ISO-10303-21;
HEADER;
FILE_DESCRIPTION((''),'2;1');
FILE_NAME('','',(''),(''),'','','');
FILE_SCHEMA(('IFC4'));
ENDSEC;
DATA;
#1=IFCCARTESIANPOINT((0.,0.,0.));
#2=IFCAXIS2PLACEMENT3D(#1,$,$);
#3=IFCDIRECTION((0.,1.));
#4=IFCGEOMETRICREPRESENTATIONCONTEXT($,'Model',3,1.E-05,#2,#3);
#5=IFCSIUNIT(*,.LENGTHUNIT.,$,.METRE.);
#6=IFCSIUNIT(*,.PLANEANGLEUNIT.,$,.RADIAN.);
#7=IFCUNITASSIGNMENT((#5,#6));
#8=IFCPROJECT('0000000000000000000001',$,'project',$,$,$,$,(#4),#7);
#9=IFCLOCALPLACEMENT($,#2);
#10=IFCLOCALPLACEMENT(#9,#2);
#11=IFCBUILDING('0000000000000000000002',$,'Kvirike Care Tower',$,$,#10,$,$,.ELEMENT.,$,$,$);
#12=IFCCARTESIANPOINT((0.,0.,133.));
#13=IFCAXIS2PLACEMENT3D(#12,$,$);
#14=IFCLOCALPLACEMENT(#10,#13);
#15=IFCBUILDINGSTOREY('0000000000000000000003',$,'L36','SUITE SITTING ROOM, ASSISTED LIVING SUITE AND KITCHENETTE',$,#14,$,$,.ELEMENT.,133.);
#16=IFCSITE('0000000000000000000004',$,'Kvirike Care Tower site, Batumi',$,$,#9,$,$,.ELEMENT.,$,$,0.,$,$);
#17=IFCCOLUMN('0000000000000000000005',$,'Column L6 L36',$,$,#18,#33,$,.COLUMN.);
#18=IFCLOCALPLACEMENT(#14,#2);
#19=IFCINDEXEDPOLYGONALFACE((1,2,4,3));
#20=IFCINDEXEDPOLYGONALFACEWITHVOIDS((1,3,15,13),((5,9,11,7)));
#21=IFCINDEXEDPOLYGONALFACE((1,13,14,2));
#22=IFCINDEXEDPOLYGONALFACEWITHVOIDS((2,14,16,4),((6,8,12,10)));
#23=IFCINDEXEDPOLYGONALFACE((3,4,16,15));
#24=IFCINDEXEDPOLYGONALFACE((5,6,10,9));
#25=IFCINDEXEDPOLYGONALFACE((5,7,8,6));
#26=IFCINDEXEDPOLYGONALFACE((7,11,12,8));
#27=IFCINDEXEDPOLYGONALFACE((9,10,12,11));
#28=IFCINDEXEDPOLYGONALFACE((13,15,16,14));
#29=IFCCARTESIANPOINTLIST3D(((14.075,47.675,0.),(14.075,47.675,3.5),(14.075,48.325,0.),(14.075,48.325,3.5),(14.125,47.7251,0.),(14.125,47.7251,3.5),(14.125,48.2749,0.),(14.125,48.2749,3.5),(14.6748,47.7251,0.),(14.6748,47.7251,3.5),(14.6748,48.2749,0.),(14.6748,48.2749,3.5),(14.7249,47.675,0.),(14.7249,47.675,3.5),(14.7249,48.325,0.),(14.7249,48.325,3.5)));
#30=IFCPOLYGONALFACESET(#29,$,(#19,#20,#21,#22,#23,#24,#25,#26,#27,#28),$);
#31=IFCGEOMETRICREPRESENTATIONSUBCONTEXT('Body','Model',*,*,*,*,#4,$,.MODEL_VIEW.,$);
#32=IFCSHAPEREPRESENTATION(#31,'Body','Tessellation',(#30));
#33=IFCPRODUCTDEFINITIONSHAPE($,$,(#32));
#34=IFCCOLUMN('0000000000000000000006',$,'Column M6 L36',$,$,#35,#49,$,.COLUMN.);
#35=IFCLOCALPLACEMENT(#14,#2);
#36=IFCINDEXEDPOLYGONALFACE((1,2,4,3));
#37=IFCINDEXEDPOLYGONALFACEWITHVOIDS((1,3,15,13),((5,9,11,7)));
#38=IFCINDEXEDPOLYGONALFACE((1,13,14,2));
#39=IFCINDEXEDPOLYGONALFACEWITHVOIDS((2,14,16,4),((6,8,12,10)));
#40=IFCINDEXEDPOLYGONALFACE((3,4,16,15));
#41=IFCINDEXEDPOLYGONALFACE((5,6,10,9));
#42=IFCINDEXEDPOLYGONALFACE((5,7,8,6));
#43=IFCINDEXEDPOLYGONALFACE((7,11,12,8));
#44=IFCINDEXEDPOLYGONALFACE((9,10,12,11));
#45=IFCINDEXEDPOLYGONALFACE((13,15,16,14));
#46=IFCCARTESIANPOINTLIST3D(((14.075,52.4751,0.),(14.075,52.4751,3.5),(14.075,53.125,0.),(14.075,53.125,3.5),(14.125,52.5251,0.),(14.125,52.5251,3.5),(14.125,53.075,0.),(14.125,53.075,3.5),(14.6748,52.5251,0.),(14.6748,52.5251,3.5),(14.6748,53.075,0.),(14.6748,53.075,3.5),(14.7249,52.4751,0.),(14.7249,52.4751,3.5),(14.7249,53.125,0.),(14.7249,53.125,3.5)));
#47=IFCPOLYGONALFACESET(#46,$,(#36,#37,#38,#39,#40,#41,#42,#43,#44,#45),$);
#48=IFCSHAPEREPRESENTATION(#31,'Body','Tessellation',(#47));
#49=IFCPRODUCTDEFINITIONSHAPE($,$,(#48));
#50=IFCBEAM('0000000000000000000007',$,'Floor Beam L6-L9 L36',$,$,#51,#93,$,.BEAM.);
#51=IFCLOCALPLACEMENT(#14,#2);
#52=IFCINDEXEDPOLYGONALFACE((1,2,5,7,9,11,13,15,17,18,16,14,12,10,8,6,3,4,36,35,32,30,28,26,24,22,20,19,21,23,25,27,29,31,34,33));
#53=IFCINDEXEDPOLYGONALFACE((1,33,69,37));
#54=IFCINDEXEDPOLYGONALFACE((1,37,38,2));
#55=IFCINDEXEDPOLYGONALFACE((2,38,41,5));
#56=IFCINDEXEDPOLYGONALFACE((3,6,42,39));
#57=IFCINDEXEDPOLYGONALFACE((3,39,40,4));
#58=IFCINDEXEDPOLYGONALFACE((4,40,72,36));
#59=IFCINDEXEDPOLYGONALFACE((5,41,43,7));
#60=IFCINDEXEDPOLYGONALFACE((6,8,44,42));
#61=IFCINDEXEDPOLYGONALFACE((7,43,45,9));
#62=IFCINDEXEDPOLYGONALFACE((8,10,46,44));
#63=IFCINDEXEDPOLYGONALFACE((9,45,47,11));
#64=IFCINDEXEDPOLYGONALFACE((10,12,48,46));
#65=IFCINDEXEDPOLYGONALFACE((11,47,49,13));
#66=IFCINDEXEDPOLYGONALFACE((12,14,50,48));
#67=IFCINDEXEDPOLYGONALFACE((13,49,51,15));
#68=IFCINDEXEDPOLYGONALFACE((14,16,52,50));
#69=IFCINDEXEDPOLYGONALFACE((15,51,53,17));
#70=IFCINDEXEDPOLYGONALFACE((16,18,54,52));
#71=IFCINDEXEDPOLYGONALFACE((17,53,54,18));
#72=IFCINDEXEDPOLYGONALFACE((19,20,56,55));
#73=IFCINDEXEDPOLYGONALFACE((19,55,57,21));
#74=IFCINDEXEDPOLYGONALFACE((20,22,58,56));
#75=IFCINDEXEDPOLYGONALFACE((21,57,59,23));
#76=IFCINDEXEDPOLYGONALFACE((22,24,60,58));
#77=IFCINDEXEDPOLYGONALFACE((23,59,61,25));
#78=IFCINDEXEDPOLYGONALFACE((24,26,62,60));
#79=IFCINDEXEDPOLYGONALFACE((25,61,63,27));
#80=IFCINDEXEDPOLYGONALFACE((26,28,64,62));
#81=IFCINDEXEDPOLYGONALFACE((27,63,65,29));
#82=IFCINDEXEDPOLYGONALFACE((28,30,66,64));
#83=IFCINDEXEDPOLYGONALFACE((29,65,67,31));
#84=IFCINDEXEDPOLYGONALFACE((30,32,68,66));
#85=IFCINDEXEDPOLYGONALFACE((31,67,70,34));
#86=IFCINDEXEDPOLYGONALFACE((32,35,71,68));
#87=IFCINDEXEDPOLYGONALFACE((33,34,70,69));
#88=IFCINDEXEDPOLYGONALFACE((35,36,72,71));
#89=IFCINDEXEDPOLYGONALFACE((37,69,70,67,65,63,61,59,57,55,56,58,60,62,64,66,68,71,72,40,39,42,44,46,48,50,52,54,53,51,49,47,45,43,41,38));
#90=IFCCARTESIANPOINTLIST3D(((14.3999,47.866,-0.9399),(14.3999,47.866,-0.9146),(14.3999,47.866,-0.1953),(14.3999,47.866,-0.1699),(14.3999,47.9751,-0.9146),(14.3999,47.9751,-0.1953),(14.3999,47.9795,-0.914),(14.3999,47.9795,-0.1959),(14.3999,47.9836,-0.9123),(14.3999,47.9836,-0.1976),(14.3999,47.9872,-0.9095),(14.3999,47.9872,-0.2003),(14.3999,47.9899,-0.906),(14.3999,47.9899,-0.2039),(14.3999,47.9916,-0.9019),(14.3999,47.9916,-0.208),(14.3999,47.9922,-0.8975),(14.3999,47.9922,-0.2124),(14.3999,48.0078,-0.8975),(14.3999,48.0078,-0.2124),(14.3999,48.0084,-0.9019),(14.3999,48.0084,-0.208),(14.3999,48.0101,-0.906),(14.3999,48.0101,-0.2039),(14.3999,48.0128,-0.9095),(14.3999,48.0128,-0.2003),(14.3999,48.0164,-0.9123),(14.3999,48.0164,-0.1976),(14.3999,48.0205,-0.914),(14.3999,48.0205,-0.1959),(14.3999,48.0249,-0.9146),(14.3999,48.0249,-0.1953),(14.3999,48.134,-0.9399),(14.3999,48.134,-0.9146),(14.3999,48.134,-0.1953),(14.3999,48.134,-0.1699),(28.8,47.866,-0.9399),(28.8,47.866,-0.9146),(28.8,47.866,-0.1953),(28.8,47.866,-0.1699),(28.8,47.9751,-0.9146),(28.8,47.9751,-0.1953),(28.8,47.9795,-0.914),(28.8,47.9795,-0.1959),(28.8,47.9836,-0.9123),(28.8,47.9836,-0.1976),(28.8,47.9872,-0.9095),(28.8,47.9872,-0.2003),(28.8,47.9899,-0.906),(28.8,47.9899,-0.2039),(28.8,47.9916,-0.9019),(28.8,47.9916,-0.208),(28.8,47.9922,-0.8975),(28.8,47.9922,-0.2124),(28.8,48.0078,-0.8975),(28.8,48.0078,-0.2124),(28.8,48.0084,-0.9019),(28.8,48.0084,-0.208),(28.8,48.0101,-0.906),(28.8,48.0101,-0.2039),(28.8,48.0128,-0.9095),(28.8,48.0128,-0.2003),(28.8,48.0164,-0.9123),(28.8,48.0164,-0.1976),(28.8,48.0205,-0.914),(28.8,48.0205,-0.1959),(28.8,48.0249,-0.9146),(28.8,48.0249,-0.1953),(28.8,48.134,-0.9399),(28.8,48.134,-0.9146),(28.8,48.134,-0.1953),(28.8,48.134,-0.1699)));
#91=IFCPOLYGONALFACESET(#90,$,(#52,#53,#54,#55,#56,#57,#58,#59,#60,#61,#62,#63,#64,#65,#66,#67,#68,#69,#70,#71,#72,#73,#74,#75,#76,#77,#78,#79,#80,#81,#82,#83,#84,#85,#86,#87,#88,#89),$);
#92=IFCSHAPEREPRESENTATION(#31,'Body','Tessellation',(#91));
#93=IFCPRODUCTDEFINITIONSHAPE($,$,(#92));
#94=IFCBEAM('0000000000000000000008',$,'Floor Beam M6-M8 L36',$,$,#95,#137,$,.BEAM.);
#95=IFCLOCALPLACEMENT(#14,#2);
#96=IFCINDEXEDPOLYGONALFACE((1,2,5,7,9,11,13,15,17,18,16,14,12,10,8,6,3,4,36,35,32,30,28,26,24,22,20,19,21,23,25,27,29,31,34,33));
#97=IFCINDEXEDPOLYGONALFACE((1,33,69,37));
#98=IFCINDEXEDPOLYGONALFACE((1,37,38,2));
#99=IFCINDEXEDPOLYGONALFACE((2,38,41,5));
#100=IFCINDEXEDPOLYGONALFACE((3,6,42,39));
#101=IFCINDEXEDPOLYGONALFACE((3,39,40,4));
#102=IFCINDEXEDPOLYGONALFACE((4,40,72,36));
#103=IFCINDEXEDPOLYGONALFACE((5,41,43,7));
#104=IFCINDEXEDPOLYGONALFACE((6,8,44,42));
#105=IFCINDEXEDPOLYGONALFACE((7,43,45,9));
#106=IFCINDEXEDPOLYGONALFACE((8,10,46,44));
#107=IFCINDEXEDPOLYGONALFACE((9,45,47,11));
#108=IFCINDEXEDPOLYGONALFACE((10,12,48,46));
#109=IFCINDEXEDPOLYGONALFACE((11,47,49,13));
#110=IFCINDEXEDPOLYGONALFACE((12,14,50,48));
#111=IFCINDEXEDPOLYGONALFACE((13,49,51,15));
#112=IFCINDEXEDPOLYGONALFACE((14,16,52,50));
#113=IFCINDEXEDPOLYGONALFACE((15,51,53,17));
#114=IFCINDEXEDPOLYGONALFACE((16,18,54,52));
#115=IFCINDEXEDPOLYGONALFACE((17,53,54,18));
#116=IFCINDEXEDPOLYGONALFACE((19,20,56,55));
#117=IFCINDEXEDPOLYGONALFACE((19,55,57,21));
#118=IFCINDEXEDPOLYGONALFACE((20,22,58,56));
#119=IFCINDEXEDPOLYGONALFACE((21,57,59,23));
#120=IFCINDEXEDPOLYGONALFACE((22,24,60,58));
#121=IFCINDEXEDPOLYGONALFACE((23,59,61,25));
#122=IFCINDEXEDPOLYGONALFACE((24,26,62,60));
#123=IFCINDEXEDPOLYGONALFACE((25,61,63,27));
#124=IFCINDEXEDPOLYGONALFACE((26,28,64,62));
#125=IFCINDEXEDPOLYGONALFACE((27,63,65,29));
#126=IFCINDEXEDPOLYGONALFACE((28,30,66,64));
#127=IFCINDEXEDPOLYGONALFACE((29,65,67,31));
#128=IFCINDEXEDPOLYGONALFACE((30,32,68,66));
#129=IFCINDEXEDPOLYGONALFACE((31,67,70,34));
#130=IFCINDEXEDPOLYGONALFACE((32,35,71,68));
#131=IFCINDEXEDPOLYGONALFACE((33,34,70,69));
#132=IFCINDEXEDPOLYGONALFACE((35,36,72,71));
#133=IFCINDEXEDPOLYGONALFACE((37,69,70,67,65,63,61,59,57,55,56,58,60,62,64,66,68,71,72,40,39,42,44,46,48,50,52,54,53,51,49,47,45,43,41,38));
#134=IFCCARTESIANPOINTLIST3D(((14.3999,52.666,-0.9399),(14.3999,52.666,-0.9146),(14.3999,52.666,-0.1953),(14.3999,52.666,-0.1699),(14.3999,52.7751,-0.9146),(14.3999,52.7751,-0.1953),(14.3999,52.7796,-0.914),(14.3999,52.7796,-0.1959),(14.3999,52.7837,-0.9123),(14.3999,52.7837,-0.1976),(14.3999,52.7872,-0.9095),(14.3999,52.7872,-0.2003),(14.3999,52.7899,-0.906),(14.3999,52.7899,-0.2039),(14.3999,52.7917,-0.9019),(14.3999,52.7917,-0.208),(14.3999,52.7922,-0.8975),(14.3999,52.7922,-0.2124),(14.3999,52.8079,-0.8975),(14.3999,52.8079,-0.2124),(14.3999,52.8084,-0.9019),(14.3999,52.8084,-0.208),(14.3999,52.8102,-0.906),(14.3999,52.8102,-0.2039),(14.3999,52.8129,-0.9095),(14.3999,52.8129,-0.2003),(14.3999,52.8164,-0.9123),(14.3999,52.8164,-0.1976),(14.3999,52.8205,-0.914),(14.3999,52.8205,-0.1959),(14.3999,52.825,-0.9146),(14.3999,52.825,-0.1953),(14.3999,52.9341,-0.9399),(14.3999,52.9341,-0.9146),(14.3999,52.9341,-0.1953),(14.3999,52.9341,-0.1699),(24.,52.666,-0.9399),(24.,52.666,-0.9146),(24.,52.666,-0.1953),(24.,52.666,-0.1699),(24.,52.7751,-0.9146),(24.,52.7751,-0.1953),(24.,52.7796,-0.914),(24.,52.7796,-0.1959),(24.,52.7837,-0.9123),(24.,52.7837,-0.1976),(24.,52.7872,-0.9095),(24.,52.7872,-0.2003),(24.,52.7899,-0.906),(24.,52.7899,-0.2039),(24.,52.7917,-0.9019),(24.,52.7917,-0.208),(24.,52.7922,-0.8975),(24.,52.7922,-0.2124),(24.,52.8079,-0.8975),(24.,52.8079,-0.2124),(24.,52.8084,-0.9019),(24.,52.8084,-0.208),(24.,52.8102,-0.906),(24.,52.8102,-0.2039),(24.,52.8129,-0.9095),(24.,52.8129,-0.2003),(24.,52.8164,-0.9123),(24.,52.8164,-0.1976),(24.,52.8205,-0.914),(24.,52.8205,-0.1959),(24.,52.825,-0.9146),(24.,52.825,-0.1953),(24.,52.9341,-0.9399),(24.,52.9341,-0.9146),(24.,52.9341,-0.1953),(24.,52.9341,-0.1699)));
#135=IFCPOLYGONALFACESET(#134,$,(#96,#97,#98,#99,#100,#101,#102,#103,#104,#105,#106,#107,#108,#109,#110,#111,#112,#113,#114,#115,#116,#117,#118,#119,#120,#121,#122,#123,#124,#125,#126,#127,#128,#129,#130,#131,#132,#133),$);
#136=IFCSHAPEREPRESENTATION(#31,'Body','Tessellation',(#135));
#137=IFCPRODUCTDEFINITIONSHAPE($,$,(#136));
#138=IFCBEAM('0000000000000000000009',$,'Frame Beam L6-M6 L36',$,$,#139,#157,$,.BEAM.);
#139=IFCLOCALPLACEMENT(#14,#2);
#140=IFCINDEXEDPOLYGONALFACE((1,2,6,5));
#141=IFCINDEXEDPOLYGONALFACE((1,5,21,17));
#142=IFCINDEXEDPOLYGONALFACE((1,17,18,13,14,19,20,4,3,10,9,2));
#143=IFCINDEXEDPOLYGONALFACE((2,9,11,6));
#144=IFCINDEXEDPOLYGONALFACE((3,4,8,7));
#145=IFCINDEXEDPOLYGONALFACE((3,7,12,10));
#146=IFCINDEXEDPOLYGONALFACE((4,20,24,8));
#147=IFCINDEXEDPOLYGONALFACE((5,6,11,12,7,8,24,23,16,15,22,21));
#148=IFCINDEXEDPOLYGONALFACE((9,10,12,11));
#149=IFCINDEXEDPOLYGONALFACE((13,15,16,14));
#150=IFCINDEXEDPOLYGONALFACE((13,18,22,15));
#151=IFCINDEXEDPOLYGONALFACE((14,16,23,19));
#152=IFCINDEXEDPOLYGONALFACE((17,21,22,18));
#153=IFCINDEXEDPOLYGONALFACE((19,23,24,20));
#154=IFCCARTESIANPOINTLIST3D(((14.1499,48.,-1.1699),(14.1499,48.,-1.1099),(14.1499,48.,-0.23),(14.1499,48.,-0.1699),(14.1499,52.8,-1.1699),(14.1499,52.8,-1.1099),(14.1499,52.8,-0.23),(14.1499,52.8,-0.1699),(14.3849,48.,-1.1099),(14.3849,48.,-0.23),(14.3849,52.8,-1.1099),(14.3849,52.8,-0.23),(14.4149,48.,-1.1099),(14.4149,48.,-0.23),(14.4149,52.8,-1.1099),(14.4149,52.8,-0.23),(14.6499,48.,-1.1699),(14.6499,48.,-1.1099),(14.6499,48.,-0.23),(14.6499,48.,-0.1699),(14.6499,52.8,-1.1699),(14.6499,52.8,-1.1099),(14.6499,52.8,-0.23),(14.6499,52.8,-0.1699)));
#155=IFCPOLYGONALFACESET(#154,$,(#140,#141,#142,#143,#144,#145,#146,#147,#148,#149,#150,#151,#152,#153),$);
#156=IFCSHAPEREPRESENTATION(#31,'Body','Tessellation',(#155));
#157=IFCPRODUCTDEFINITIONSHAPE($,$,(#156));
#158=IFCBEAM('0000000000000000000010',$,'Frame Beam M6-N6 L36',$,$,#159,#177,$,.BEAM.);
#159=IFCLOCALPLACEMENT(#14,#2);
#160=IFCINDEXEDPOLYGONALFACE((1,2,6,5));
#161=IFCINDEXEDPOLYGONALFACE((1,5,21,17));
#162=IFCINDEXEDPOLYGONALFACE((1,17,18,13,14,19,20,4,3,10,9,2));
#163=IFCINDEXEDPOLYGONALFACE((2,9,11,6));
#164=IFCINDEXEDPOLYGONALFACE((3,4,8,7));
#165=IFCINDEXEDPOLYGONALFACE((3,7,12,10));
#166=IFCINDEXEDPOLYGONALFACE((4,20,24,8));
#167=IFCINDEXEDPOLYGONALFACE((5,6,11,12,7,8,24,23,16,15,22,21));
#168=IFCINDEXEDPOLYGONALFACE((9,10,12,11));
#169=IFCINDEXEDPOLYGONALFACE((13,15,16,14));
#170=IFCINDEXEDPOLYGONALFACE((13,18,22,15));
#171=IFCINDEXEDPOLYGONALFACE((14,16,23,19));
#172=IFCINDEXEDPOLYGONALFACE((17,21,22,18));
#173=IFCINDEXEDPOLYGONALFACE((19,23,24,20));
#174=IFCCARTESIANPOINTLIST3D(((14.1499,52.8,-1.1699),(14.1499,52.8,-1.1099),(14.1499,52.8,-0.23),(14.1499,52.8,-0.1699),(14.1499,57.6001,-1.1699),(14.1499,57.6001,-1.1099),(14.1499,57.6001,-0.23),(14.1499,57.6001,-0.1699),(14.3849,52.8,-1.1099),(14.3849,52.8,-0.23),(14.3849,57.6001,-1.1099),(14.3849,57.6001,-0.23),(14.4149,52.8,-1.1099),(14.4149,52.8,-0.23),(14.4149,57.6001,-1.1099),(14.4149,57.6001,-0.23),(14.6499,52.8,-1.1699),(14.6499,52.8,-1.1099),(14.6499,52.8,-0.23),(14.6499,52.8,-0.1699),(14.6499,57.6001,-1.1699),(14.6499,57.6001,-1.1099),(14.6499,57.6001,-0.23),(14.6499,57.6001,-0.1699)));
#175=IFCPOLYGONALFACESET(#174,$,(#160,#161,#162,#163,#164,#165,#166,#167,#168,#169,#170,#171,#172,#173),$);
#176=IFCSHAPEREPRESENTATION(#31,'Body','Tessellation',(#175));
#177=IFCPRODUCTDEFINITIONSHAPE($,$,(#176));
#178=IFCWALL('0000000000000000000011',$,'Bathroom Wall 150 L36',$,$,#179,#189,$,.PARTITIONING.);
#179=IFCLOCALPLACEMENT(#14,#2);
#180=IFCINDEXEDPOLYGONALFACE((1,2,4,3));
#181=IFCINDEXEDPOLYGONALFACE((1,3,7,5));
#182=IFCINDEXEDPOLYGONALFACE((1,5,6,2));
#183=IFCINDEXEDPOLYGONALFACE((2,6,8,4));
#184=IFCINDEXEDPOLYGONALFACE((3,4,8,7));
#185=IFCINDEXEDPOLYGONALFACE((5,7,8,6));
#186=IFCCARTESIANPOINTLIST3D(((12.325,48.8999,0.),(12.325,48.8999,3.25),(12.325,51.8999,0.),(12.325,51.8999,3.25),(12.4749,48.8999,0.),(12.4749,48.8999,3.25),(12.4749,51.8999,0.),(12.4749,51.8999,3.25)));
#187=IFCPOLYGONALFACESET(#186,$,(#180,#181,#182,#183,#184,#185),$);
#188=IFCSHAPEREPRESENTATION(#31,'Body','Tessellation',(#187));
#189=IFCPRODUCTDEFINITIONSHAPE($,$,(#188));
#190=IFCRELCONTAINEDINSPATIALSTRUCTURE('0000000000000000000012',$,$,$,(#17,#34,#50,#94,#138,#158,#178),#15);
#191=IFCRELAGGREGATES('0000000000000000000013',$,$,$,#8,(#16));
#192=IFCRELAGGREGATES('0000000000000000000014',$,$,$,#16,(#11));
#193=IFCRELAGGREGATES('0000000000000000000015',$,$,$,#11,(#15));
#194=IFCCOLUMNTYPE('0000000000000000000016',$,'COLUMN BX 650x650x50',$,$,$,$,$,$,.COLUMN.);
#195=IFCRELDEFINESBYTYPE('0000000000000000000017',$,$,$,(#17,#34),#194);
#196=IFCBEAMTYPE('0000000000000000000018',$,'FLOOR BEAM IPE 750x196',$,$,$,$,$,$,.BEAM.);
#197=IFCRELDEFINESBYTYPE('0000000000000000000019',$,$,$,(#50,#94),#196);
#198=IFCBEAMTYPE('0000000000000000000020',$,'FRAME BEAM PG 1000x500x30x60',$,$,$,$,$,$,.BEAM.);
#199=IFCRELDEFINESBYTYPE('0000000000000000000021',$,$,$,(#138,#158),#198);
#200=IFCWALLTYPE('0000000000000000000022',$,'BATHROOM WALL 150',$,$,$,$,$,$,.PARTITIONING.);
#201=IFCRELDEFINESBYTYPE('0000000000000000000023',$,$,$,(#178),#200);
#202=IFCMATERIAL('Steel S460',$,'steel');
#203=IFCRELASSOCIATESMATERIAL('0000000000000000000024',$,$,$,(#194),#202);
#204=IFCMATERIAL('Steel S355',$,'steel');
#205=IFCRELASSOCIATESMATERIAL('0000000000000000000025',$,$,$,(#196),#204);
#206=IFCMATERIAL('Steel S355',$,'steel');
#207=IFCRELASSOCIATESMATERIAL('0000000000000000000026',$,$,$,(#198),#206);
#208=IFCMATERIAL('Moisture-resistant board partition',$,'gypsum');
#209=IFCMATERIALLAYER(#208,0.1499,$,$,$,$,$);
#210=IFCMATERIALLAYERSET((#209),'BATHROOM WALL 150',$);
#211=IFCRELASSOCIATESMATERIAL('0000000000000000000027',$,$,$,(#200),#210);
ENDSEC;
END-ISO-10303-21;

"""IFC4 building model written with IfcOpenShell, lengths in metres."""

from ifc_helpers import new_model, si_unit, direction, frame, frame_2d, origin, origin_2d, place, context, subcontext, project, spatial, rectangle, hollow_rectangle, i_section, extrude, material, layer, layer_set, material_profile, profile_set, type_object, element, save


model = new_model("IFC4")

# Units and contexts
model_context = context("Model", 3, precision=1e-05, world=origin(), true_north=direction((0.0, 1.0)))
body_context = subcontext(model_context, "Body", "Model", "MODEL_VIEW")
ifc_project = project(units=[si_unit("LENGTHUNIT", "METRE"), si_unit("PLANEANGLEUNIT", "RADIAN")], contexts=[model_context])

# Site, building, storey
site_placement = place(None, origin())
site = spatial("IfcSite", under=ifc_project, at=site_placement, Name="Kvirike Care Tower site, Batumi", CompositionType="ELEMENT", RefElevation=0.0)
building_placement = place(site_placement, origin())
building = spatial("IfcBuilding", under=site, at=building_placement, Name="Kvirike Care Tower", CompositionType="ELEMENT")
storey_placement = place(building_placement, frame((0.0, 0.0, 133.0)))
storey = spatial("IfcBuildingStorey", under=building, at=storey_placement, Name="L36", Description="SUITE SITTING ROOM, ASSISTED LIVING SUITE AND KITCHENETTE", CompositionType="ELEMENT", Elevation=133.0)

# Columns
ifc_material_1 = material(Name="Steel S460", Category="steel")
ifc_material_profile_1 = material_profile(ifc_material_1, hollow_rectangle(XDim=0.6499, YDim=0.6499, WallThickness=0.05, at=origin_2d()), Name="BX 650x650x50")
ifc_profile_set_1 = profile_set([ifc_material_profile_1], Name="Steel S460")
column_type = type_object("IfcColumnType", Name="COLUMN BX 650x650x50", PredefinedType="COLUMN", material=ifc_profile_set_1)
for number, where, z_axis, x_axis, name in (
    (1, (14.3999, 48.0, 0.0), (0.0, 0.0, 1.0), (1.0, 0.0, 0.0), "Column L6 L36"),
    (2, (14.3999, 52.8, 0.0), (0.0, 0.0, 1.0), (1.0, 0.0, 0.0), "Column M6 L36"),
):
    element("IfcColumn", number, at=place(storey_placement, frame(where, z_axis=z_axis, x_axis=x_axis)), inside=storey, type_object=column_type, Name=name, PredefinedType="COLUMN", context=body_context, shape_type="SweptSolid", body=[
        extrude(hollow_rectangle(XDim=0.6499, YDim=0.6499, WallThickness=0.05, at=origin_2d()), origin(), (0.0, 0.0, 1.0), 3.5),
    ])

# Beams
ifc_material_2 = material(Name="Steel S355", Category="steel")
ifc_material_profile_2 = material_profile(ifc_material_2, i_section(OverallWidth=0.2681, OverallDepth=0.77, WebThickness=0.0156, FlangeThickness=0.0254, FilletRadius=0.0171, at=origin_2d()), Name="IPE 750x196")
ifc_profile_set_2 = profile_set([ifc_material_profile_2], Name="Steel S355")
beam_type_1 = type_object("IfcBeamType", Name="FLOOR BEAM IPE 750x196", PredefinedType="BEAM", material=ifc_profile_set_2)
beam_1_placement = place(storey_placement, frame((14.3999, 48.0, -0.5549), z_axis=(1.0, 0.0, 0.0), x_axis=(0.0, 1.0, 0.0)))
element("IfcBeam", 3, at=beam_1_placement, inside=storey, type_object=beam_type_1, Name="Floor Beam L6-L9 L36", PredefinedType="BEAM", context=body_context, shape_type="SweptSolid", body=[
    extrude(i_section(OverallWidth=0.2681, OverallDepth=0.77, WebThickness=0.0156, FlangeThickness=0.0254, FilletRadius=0.0171, at=origin_2d()), origin(), (0.0, 0.0, 1.0), 14.4001),
])
beam_2_placement = place(storey_placement, frame((14.3999, 52.8, -0.5549), z_axis=(1.0, 0.0, 0.0), x_axis=(0.0, 1.0, 0.0)))
element("IfcBeam", 4, at=beam_2_placement, inside=storey, type_object=beam_type_1, Name="Floor Beam M6-M8 L36", PredefinedType="BEAM", context=body_context, shape_type="SweptSolid", body=[
    extrude(i_section(OverallWidth=0.2681, OverallDepth=0.77, WebThickness=0.0156, FlangeThickness=0.0254, FilletRadius=0.0171, at=origin_2d()), origin(), (0.0, 0.0, 1.0), 9.6001),
])
ifc_material_3 = material(Name="Steel S355", Category="steel")
ifc_material_profile_3 = material_profile(ifc_material_3, i_section(OverallWidth=0.5, OverallDepth=1.0, WebThickness=0.03, FlangeThickness=0.0601, at=origin_2d()), Name="PG 1000x500x30x60")
ifc_profile_set_3 = profile_set([ifc_material_profile_3], Name="Steel S355")
beam_type_2 = type_object("IfcBeamType", Name="FRAME BEAM PG 1000x500x30x60", PredefinedType="BEAM", material=ifc_profile_set_3)
for number, where, z_axis, x_axis, name in (
    (5, (14.3999, 48.0, -0.6699), (0.0, 1.0, 0.0), (-1.0, 0.0, 0.0), "Frame Beam L6-M6 L36"),
    (6, (14.3999, 52.8, -0.6699), (0.0, 1.0, 0.0), (-1.0, 0.0, 0.0), "Frame Beam M6-N6 L36"),
):
    element("IfcBeam", number, at=place(storey_placement, frame(where, z_axis=z_axis, x_axis=x_axis)), inside=storey, type_object=beam_type_2, Name=name, PredefinedType="BEAM", context=body_context, shape_type="SweptSolid", body=[
        extrude(i_section(OverallWidth=0.5, OverallDepth=1.0, WebThickness=0.03, FlangeThickness=0.0601, at=origin_2d()), origin(), (0.0, 0.0, 1.0), 4.8),
    ])

# Wall
ifc_material_4 = material(Name="Moisture-resistant board partition", Category="gypsum")
ifc_layer_1 = layer(ifc_material_4, 0.1499)
ifc_layer_set_1 = layer_set([ifc_layer_1], Name="BATHROOM WALL 150")
wall_type_1 = type_object("IfcWallType", Name="BATHROOM WALL 150", PredefinedType="PARTITIONING", material=ifc_layer_set_1)
wall_1_placement = place(storey_placement, frame((12.3999, 51.8999, 0.0), z_axis=(0.0, 0.0, 1.0), x_axis=(0.0, -1.0, 0.0)))
element("IfcWall", 7, at=wall_1_placement, inside=storey, type_object=wall_type_1, Name="Bathroom Wall 150 L36", PredefinedType="PARTITIONING", context=body_context, shape_type="SweptSolid", body=[
    extrude(rectangle(XDim=3.0, YDim=0.1499, at=frame_2d((1.5, 0.0))), origin(), (0.0, 0.0, 1.0), 3.25),
])

save(model, "model.ifc")
